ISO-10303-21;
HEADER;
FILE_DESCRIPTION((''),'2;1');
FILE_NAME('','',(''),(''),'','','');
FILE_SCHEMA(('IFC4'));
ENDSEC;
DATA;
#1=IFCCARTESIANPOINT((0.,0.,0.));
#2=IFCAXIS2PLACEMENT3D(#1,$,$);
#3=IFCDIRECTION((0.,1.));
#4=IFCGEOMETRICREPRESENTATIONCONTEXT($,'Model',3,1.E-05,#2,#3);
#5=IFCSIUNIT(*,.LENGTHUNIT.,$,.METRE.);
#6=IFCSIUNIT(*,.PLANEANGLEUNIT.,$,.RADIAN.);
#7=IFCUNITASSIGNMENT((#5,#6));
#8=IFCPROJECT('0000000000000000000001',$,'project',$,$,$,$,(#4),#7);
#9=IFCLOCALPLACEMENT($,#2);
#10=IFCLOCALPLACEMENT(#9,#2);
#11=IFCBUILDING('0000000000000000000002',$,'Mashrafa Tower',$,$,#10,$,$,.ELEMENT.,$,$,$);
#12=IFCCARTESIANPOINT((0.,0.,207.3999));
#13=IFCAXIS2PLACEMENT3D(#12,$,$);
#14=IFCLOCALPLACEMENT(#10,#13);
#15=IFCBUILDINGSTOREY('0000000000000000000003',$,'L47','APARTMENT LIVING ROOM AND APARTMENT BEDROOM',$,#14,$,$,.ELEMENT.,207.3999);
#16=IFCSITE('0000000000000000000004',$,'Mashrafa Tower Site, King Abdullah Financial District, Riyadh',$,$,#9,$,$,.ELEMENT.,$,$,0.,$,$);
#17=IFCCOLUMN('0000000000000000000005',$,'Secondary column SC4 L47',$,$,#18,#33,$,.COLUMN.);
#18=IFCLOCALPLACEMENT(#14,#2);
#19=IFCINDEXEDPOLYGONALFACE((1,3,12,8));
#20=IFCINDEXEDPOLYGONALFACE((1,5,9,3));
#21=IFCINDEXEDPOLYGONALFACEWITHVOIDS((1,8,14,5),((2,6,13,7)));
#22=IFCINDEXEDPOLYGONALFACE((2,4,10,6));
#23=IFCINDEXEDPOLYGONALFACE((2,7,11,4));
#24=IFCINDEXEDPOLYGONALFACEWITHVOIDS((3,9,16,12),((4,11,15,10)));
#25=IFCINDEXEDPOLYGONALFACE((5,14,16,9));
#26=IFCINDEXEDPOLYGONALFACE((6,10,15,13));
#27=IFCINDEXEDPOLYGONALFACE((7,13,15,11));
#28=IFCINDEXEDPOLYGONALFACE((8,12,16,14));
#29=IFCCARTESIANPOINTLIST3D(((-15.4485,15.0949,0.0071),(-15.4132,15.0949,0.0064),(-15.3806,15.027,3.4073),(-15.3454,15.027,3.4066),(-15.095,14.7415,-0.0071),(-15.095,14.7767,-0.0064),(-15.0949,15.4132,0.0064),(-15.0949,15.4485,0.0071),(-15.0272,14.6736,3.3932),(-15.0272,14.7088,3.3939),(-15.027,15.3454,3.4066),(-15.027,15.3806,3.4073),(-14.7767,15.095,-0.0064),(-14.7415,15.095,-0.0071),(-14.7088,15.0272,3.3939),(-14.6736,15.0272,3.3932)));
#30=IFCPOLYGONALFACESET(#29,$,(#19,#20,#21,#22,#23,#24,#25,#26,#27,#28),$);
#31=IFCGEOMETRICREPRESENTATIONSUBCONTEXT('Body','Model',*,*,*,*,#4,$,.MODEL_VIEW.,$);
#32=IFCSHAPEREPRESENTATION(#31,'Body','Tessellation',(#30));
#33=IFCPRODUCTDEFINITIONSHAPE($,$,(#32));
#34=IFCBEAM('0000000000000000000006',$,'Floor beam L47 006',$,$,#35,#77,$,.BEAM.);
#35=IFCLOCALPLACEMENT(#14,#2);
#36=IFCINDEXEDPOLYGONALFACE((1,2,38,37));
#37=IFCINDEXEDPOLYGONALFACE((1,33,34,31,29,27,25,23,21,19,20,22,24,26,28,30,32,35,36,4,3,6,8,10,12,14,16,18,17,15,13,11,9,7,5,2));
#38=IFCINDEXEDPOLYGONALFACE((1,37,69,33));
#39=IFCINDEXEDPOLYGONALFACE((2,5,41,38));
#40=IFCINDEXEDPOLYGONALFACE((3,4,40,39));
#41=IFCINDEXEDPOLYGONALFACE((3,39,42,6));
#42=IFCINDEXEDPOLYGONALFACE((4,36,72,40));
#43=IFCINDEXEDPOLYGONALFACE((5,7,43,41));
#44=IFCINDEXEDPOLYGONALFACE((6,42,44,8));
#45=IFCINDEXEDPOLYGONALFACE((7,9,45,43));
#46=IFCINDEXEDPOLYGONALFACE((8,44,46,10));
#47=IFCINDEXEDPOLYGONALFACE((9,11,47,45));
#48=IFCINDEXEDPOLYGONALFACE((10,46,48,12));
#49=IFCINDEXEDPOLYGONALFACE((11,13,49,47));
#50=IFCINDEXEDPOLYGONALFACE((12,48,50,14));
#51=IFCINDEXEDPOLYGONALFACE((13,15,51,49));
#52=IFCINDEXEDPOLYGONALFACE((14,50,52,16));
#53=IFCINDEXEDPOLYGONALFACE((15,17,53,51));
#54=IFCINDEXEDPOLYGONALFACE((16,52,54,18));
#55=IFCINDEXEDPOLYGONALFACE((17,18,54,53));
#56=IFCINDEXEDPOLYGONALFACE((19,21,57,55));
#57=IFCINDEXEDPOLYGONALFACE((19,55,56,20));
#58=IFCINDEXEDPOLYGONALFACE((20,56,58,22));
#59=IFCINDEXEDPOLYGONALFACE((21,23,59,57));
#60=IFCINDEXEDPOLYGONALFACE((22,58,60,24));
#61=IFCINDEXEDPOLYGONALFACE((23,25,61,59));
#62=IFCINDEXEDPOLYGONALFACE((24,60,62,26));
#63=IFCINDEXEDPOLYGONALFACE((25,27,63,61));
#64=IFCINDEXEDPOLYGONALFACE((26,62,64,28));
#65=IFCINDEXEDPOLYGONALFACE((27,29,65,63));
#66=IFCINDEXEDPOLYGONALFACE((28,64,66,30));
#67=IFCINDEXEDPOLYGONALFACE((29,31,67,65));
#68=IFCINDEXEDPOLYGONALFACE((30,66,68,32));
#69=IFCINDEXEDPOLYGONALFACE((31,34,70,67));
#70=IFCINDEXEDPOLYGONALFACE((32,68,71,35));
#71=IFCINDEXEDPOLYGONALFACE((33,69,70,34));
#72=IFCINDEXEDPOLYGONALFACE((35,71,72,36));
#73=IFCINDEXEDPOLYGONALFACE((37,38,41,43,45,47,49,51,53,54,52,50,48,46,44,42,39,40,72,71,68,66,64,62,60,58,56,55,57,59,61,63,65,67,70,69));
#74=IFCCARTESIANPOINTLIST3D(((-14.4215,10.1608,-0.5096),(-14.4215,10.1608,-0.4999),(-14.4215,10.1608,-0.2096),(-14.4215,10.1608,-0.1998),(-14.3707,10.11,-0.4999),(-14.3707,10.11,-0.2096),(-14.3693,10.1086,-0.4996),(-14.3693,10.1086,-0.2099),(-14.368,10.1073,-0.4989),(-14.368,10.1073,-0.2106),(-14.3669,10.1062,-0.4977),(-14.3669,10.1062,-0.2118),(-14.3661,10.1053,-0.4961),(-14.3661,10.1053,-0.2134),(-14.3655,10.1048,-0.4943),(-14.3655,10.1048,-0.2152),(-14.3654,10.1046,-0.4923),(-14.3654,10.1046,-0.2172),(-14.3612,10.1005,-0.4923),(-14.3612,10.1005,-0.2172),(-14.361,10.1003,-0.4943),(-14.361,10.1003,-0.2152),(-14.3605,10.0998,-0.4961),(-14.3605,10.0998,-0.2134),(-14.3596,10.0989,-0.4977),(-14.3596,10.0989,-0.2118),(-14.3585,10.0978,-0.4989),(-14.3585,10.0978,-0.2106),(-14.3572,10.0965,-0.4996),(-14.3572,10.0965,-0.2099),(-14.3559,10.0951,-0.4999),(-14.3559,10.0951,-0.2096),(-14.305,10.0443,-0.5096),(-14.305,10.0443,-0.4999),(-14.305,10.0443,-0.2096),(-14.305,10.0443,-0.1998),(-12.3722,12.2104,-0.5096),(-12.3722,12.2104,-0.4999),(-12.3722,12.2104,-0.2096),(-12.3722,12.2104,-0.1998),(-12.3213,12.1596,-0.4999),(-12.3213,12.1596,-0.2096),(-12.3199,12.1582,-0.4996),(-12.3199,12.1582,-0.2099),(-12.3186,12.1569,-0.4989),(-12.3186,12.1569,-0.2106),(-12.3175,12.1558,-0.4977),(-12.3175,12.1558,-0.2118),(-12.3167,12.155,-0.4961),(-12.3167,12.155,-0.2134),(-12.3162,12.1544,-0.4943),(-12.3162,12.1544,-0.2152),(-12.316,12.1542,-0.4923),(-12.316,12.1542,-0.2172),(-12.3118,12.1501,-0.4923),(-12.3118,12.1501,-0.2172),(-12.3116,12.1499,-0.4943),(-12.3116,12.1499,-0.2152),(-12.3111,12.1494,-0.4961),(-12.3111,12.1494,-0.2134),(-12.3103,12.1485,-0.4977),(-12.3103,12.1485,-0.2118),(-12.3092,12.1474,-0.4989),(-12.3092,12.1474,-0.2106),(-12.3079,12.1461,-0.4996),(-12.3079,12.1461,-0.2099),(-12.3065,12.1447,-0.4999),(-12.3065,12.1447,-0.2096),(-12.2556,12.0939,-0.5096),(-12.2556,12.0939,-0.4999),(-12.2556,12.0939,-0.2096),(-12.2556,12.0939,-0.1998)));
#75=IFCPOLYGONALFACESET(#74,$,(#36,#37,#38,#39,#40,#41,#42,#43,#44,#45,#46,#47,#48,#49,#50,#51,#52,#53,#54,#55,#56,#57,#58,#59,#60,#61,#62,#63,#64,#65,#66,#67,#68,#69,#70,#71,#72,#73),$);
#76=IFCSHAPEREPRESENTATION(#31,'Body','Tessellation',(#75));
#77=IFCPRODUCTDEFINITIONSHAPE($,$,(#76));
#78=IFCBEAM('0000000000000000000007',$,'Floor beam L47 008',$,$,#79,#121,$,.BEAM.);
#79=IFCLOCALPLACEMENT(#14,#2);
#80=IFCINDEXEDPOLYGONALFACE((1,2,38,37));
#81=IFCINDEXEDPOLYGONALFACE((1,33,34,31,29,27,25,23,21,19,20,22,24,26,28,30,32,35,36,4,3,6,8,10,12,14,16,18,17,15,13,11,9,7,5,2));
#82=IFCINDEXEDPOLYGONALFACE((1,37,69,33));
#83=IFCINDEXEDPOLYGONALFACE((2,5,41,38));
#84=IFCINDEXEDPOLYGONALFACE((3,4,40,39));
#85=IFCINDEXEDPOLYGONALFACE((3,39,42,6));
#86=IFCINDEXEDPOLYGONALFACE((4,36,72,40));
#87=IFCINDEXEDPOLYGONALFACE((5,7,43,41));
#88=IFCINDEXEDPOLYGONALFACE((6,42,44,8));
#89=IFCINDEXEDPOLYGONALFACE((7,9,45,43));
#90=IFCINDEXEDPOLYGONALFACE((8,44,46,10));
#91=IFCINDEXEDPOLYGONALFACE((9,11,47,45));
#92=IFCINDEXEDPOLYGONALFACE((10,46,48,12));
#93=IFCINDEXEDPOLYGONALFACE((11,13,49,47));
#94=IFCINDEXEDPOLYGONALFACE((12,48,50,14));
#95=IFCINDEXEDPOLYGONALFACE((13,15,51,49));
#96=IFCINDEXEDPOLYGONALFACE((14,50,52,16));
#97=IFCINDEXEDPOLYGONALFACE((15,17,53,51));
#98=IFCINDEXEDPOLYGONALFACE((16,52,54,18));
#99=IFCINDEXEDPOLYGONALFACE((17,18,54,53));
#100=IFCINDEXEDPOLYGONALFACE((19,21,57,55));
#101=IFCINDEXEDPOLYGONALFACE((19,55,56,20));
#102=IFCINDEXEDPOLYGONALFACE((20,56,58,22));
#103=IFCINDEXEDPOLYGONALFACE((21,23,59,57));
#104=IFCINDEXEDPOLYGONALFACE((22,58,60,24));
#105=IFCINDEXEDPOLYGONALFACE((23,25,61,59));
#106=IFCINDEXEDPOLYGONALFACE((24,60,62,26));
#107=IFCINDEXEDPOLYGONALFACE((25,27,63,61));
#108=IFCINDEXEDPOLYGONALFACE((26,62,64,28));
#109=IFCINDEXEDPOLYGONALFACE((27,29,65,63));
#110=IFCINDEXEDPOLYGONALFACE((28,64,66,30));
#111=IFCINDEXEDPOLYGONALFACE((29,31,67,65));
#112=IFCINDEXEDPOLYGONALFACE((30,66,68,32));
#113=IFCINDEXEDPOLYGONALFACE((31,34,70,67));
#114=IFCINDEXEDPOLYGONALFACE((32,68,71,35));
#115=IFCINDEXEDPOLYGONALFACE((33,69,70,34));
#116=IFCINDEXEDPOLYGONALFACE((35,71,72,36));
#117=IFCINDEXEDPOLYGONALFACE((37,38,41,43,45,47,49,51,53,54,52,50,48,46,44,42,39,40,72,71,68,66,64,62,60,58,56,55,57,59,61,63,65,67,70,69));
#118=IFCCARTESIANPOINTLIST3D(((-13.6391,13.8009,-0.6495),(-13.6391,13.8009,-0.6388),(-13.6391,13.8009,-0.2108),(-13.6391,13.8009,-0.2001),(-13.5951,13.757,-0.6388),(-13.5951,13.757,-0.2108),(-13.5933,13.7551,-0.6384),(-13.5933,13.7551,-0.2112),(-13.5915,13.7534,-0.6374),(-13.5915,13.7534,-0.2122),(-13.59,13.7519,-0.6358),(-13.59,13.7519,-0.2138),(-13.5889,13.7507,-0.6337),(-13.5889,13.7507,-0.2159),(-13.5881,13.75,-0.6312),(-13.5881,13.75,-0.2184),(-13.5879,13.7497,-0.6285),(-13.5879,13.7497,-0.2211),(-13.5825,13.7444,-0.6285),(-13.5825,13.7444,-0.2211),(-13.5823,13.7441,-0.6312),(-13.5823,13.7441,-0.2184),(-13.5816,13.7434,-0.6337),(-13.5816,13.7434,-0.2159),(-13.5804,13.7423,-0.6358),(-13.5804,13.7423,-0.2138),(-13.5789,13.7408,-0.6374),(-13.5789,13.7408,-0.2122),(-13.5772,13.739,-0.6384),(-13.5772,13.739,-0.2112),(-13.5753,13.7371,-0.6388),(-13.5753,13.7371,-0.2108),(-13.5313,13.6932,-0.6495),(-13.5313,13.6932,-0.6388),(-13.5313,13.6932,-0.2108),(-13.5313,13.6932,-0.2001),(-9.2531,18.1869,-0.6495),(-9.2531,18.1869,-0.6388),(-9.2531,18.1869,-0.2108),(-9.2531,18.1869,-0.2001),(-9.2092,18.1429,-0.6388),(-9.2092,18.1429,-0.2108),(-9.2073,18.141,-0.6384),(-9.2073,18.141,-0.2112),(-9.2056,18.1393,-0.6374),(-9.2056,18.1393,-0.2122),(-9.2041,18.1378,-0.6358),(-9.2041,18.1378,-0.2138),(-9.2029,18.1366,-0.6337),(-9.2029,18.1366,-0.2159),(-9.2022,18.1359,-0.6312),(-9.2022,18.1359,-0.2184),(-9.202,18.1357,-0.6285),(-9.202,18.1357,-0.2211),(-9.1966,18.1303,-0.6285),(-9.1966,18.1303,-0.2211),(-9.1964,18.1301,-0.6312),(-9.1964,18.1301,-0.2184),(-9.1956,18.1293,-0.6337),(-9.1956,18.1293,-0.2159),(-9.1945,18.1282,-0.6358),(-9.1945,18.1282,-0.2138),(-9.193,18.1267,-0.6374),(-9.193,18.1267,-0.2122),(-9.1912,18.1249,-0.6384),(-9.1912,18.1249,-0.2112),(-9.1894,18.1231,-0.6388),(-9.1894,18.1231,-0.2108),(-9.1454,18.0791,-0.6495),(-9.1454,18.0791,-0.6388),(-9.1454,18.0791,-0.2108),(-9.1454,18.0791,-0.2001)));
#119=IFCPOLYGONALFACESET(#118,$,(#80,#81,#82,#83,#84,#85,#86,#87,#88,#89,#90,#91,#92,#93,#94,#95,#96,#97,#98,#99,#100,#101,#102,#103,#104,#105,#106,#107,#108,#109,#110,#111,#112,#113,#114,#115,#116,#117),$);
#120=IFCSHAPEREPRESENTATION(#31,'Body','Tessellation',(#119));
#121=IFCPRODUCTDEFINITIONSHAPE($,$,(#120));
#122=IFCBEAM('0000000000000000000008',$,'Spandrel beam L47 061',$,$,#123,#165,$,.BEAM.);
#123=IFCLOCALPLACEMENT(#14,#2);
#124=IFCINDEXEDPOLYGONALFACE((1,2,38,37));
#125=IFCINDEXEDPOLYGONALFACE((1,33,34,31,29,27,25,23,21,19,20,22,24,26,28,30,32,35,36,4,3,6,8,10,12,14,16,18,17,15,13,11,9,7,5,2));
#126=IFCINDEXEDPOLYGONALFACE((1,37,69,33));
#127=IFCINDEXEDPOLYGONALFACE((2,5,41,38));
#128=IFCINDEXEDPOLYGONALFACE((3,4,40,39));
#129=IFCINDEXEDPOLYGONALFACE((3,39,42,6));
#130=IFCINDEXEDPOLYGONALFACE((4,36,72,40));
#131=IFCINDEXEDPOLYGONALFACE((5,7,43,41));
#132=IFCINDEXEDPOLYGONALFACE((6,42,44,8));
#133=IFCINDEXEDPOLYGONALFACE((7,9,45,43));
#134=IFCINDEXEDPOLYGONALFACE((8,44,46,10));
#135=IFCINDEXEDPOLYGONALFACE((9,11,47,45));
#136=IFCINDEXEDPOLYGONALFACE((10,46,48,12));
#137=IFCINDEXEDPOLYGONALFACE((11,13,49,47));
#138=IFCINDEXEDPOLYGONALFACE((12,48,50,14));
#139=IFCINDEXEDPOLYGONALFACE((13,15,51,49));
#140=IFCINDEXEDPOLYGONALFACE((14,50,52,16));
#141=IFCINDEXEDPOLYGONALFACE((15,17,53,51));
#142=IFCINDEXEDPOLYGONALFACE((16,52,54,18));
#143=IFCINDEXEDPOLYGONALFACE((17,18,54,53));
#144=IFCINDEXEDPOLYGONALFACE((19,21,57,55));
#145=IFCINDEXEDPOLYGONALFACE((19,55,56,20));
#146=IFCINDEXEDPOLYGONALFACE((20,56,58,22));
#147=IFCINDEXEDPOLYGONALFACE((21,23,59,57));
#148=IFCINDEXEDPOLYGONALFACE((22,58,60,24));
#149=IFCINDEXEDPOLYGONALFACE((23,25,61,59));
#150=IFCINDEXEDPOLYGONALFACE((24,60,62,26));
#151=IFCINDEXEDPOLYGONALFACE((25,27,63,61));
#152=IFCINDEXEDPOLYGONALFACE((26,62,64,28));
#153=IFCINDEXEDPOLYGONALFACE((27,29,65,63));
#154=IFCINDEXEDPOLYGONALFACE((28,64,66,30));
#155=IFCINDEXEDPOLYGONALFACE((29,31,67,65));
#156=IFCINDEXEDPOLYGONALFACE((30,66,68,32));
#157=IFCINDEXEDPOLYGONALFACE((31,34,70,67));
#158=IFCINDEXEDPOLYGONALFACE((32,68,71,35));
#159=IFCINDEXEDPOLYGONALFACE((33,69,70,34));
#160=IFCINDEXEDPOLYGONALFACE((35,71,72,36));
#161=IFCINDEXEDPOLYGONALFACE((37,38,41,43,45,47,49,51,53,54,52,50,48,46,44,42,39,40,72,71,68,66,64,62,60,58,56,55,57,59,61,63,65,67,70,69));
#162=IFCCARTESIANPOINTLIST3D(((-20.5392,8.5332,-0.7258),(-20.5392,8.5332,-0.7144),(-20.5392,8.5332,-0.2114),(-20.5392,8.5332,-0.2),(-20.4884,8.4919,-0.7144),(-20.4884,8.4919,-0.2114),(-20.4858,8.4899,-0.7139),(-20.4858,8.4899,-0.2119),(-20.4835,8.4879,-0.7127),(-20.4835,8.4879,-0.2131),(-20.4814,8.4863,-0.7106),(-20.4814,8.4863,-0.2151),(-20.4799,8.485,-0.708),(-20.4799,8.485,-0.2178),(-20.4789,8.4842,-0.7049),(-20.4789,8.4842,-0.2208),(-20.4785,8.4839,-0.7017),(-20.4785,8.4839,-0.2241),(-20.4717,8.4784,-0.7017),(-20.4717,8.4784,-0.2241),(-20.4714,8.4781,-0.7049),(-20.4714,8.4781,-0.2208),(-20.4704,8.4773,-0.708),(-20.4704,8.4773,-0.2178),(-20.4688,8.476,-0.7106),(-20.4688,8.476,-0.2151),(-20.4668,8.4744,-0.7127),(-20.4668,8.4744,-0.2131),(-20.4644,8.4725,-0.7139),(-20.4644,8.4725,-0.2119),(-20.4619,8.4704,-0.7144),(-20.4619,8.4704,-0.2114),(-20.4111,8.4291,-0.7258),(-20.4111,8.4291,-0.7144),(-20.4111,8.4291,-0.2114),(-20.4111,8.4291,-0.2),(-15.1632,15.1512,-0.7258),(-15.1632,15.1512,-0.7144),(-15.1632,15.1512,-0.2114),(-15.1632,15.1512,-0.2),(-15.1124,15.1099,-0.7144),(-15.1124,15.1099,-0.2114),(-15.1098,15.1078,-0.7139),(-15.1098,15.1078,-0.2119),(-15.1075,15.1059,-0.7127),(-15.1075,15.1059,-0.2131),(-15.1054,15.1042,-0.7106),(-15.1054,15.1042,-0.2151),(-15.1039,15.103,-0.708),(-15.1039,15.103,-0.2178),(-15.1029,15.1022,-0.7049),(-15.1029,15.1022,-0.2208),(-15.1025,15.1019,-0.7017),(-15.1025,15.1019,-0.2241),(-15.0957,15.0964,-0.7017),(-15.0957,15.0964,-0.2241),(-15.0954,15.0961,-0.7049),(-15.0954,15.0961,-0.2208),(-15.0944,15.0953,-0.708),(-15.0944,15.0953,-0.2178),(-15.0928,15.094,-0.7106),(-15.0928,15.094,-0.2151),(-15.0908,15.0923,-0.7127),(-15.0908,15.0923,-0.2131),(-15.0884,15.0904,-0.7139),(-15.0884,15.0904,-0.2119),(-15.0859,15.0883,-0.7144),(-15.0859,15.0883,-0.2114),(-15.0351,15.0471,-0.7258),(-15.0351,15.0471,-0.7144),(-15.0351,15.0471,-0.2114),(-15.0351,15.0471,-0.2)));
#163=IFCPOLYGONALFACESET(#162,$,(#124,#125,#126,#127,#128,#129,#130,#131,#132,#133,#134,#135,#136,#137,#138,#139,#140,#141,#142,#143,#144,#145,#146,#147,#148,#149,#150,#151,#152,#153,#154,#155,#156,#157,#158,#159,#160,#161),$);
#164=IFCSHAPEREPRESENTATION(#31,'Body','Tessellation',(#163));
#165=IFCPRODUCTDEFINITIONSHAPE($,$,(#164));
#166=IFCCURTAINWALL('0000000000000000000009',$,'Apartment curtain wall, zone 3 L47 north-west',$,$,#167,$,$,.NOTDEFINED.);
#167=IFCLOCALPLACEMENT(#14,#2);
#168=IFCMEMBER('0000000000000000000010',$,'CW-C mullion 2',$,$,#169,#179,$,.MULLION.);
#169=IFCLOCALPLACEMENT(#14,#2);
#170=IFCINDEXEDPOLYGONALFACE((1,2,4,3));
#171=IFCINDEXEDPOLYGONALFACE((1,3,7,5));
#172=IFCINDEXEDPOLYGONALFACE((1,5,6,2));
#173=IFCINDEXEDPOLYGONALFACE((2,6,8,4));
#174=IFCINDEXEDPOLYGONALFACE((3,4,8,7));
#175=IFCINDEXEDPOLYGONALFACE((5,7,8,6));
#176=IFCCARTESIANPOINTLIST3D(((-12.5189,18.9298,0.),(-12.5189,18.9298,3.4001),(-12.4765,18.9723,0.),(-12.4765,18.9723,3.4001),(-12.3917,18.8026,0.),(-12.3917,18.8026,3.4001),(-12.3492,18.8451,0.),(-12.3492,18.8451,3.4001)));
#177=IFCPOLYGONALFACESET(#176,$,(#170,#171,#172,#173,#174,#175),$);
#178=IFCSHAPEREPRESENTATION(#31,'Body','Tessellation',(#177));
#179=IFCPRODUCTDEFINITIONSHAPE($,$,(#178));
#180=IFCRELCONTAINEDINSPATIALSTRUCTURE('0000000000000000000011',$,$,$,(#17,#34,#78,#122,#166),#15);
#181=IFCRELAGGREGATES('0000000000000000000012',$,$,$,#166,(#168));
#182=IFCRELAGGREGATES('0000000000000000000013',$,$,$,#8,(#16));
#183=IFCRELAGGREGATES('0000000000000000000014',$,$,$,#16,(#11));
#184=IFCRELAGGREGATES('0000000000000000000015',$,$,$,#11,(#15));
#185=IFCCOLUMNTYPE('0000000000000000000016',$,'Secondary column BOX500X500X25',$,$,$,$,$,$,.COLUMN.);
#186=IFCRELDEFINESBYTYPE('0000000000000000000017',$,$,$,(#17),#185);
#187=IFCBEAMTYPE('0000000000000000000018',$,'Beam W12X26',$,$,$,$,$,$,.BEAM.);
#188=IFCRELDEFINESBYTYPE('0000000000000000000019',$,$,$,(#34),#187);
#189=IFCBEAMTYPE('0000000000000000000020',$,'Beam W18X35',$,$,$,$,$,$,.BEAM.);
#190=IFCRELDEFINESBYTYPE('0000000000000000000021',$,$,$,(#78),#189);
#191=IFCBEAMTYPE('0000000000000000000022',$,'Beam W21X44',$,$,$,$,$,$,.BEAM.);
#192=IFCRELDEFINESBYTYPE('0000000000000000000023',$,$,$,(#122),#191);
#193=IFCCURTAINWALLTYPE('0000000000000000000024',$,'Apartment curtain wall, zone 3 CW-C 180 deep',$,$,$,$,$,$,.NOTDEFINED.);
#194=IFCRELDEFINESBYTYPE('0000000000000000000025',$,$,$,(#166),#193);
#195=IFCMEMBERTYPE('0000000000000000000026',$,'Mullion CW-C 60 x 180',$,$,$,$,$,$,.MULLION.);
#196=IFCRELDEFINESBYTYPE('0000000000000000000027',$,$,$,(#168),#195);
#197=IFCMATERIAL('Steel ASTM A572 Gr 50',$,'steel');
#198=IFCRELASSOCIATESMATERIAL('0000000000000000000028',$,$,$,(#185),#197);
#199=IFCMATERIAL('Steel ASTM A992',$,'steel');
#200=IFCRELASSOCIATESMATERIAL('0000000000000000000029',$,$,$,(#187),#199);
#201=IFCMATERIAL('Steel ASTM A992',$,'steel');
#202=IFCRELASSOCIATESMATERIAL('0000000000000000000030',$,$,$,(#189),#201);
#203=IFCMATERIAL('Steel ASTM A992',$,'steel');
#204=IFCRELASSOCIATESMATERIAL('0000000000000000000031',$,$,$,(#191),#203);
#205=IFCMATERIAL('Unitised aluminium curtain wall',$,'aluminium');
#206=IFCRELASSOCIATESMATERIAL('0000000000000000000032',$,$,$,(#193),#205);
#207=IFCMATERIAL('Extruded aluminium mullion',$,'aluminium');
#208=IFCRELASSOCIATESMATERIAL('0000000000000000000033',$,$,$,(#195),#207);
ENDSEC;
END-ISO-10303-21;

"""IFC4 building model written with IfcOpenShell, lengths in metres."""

from ifc_helpers import new_model, si_unit, direction, frame, origin, origin_2d, place, context, subcontext, project, spatial, rectangle, hollow_rectangle, i_section, extrude, source, transform, mapped, material, material_profile, profile_set, type_object, type_shapes, element, aggregate, save


model = new_model("IFC4")

# Units and contexts
model_context = context("Model", 3, precision=1e-05, world=origin(), true_north=direction((0.0, 1.0)))
body_context = subcontext(model_context, "Body", "Model", "MODEL_VIEW")
ifc_project = project(units=[si_unit("LENGTHUNIT", "METRE"), si_unit("PLANEANGLEUNIT", "RADIAN")], contexts=[model_context])

# Site, building, storey
site_placement = place(None, origin())
site = spatial("IfcSite", under=ifc_project, at=site_placement, Name="Mashrafa Tower Site, King Abdullah Financial District, Riyadh", CompositionType="ELEMENT", RefElevation=0.0)
building_placement = place(site_placement, origin())
building = spatial("IfcBuilding", under=site, at=building_placement, Name="Mashrafa Tower", CompositionType="ELEMENT")
storey_placement = place(building_placement, frame((0.0, 0.0, 207.3999)))
storey = spatial("IfcBuildingStorey", under=building, at=storey_placement, Name="L47", Description="APARTMENT LIVING ROOM AND APARTMENT BEDROOM", CompositionType="ELEMENT", Elevation=207.3999)

# Column
ifc_material_1 = material(Name="Steel ASTM A572 Gr 50", Category="steel")
ifc_material_profile_1 = material_profile(ifc_material_1, hollow_rectangle(XDim=0.5, YDim=0.5, WallThickness=0.0249, at=origin_2d()), Name="BOX500X500X25")
ifc_profile_set_1 = profile_set([ifc_material_profile_1], Name="Steel ASTM A572 Gr 50")
column_type = type_object("IfcColumnType", Name="Secondary column BOX500X500X25", PredefinedType="COLUMN", material=ifc_profile_set_1)
column_placement = place(storey_placement, frame((-15.095, 15.095, 0.0), z_axis=(0.019953, -0.019953, 0.999602), x_axis=(0.707107, 0.707107, 0.0)))
element("IfcColumn", 1, at=column_placement, inside=storey, type_object=column_type, Name="Secondary column SC4 L47", PredefinedType="COLUMN", context=body_context, shape_type="SweptSolid", body=[
    extrude(hollow_rectangle(XDim=0.5, YDim=0.5, WallThickness=0.0249, at=origin_2d()), origin(), (0.0, 0.0, 1.0), 3.4016),
])

# Beams
ifc_material_2 = material(Name="Steel ASTM A992", Category="steel")
ifc_material_profile_2 = material_profile(ifc_material_2, i_section(OverallWidth=0.1648, OverallDepth=0.3098, WebThickness=0.0059, FlangeThickness=0.0098, FilletRadius=0.0076, at=origin_2d()), Name="W12X26")
ifc_profile_set_2 = profile_set([ifc_material_profile_2], Name="Steel ASTM A992")
beam_type_1 = type_object("IfcBeamType", Name="Beam W12X26", PredefinedType="BEAM", material=ifc_profile_set_2)
beam_1_placement = place(storey_placement, frame((-14.3633, 10.1025, -0.3547), z_axis=(0.707065, 0.707149, 0.0), x_axis=(-0.707149, 0.707065, 0.0)))
element("IfcBeam", 2, at=beam_1_placement, inside=storey, type_object=beam_type_1, Name="Floor beam L47 006", PredefinedType="BEAM", context=body_context, shape_type="SweptSolid", body=[
    extrude(i_section(OverallWidth=0.1648, OverallDepth=0.3098, WebThickness=0.0059, FlangeThickness=0.0098, FilletRadius=0.0076, at=origin_2d()), origin(), (0.0, 0.0, 1.0), 2.8984),
])
ifc_material_3 = material(Name="Steel ASTM A992", Category="steel")
ifc_material_profile_3 = material_profile(ifc_material_3, i_section(OverallWidth=0.1523, OverallDepth=0.4495, WebThickness=0.0076, FlangeThickness=0.0107, FilletRadius=0.0103, at=origin_2d()), Name="W18X35")
ifc_profile_set_3 = profile_set([ifc_material_profile_3], Name="Steel ASTM A992")
beam_type_2 = type_object("IfcBeamType", Name="Beam W18X35", PredefinedType="BEAM", material=ifc_profile_set_3)
beam_2_placement = place(storey_placement, frame((-13.5852, 13.7471, -0.4248), z_axis=(0.707107, 0.707107, 0.0), x_axis=(-0.707107, 0.707107, 0.0)))
element("IfcBeam", 3, at=beam_2_placement, inside=storey, type_object=beam_type_2, Name="Floor beam L47 008", PredefinedType="BEAM", context=body_context, shape_type="SweptSolid", body=[
    extrude(i_section(OverallWidth=0.1523, OverallDepth=0.4495, WebThickness=0.0076, FlangeThickness=0.0107, FilletRadius=0.0103, at=origin_2d()), origin(), (0.0, 0.0, 1.0), 6.2026),
])
ifc_material_4 = material(Name="Steel ASTM A992", Category="steel")
ifc_material_profile_4 = material_profile(ifc_material_4, i_section(OverallWidth=0.165, OverallDepth=0.5259, WebThickness=0.0088, FlangeThickness=0.0115, FilletRadius=0.0127, at=origin_2d()), Name="W21X44")
ifc_profile_set_4 = profile_set([ifc_material_profile_4], Name="Steel ASTM A992")
beam_type_3 = type_object("IfcBeamType", Name="Beam W21X44", PredefinedType="BEAM", material=ifc_profile_set_4)
beam_3_placement = place(storey_placement, frame((-15.0991, 15.0991, -0.4629), z_axis=(-0.630516, -0.776176, 0.0), x_axis=(0.776176, -0.630516, 0.0)))
element("IfcBeam", 4, at=beam_3_placement, inside=storey, type_object=beam_type_3, Name="Spandrel beam L47 061", PredefinedType="BEAM", context=body_context, shape_type="SweptSolid", body=[
    extrude(i_section(OverallWidth=0.165, OverallDepth=0.5259, WebThickness=0.0088, FlangeThickness=0.0115, FilletRadius=0.0127, at=origin_2d()), origin(), (0.0, 0.0, 1.0), 8.5264),
])

# Curtain wall, member
ifc_material_5 = material(Name="Unitised aluminium curtain wall", Category="aluminium")
curtain_wall_type = type_object("IfcCurtainWallType", Name="Apartment curtain wall, zone 3 CW-C 180 deep", PredefinedType="NOTDEFINED", material=ifc_material_5)
curtain_wall_placement = place(storey_placement, origin())
curtain_wall = element("IfcCurtainWall", 5, at=curtain_wall_placement, inside=storey, type_object=curtain_wall_type, Name="Apartment curtain wall, zone 3 L47 north-west", PredefinedType="NOTDEFINED")
ifc_material_6 = material(Name="Extruded aluminium mullion", Category="aluminium")
ifc_material_profile_5 = material_profile(ifc_material_6, rectangle(XDim=0.1799, YDim=0.0601, at=origin_2d()), Name="Mullion 60x180")
ifc_profile_set_5 = profile_set([ifc_material_profile_5], Name="Extruded aluminium mullion")
member_type_1 = type_object("IfcMemberType", Name="Mullion CW-C 60 x 180", PredefinedType="MULLION", material=ifc_profile_set_5)
shared_shape_1 = source(origin(), body_context, "Body", "SweptSolid", [
    extrude(rectangle(XDim=0.1799, YDim=0.0601, at=origin_2d()), origin(), (0.0, 0.0, 1.0), 3.4001),
])
type_shapes(member_type_1, [shared_shape_1])
member_1_placement = place(storey_placement, frame((-12.4341, 18.8875, 0.0), z_axis=(0.0, 0.0, 1.0), x_axis=(0.707107, -0.707107, 0.0)))
member_1 = element("IfcMember", 6, at=member_1_placement, type_object=member_type_1, Name="CW-C mullion 2", PredefinedType="MULLION", context=body_context, shape_type="MappedRepresentation", body=[
    mapped(shared_shape_1, transform((0.0, 0.0, 0.0))),
])
aggregate(curtain_wall, [member_1])

save(model, "model.ifc")
